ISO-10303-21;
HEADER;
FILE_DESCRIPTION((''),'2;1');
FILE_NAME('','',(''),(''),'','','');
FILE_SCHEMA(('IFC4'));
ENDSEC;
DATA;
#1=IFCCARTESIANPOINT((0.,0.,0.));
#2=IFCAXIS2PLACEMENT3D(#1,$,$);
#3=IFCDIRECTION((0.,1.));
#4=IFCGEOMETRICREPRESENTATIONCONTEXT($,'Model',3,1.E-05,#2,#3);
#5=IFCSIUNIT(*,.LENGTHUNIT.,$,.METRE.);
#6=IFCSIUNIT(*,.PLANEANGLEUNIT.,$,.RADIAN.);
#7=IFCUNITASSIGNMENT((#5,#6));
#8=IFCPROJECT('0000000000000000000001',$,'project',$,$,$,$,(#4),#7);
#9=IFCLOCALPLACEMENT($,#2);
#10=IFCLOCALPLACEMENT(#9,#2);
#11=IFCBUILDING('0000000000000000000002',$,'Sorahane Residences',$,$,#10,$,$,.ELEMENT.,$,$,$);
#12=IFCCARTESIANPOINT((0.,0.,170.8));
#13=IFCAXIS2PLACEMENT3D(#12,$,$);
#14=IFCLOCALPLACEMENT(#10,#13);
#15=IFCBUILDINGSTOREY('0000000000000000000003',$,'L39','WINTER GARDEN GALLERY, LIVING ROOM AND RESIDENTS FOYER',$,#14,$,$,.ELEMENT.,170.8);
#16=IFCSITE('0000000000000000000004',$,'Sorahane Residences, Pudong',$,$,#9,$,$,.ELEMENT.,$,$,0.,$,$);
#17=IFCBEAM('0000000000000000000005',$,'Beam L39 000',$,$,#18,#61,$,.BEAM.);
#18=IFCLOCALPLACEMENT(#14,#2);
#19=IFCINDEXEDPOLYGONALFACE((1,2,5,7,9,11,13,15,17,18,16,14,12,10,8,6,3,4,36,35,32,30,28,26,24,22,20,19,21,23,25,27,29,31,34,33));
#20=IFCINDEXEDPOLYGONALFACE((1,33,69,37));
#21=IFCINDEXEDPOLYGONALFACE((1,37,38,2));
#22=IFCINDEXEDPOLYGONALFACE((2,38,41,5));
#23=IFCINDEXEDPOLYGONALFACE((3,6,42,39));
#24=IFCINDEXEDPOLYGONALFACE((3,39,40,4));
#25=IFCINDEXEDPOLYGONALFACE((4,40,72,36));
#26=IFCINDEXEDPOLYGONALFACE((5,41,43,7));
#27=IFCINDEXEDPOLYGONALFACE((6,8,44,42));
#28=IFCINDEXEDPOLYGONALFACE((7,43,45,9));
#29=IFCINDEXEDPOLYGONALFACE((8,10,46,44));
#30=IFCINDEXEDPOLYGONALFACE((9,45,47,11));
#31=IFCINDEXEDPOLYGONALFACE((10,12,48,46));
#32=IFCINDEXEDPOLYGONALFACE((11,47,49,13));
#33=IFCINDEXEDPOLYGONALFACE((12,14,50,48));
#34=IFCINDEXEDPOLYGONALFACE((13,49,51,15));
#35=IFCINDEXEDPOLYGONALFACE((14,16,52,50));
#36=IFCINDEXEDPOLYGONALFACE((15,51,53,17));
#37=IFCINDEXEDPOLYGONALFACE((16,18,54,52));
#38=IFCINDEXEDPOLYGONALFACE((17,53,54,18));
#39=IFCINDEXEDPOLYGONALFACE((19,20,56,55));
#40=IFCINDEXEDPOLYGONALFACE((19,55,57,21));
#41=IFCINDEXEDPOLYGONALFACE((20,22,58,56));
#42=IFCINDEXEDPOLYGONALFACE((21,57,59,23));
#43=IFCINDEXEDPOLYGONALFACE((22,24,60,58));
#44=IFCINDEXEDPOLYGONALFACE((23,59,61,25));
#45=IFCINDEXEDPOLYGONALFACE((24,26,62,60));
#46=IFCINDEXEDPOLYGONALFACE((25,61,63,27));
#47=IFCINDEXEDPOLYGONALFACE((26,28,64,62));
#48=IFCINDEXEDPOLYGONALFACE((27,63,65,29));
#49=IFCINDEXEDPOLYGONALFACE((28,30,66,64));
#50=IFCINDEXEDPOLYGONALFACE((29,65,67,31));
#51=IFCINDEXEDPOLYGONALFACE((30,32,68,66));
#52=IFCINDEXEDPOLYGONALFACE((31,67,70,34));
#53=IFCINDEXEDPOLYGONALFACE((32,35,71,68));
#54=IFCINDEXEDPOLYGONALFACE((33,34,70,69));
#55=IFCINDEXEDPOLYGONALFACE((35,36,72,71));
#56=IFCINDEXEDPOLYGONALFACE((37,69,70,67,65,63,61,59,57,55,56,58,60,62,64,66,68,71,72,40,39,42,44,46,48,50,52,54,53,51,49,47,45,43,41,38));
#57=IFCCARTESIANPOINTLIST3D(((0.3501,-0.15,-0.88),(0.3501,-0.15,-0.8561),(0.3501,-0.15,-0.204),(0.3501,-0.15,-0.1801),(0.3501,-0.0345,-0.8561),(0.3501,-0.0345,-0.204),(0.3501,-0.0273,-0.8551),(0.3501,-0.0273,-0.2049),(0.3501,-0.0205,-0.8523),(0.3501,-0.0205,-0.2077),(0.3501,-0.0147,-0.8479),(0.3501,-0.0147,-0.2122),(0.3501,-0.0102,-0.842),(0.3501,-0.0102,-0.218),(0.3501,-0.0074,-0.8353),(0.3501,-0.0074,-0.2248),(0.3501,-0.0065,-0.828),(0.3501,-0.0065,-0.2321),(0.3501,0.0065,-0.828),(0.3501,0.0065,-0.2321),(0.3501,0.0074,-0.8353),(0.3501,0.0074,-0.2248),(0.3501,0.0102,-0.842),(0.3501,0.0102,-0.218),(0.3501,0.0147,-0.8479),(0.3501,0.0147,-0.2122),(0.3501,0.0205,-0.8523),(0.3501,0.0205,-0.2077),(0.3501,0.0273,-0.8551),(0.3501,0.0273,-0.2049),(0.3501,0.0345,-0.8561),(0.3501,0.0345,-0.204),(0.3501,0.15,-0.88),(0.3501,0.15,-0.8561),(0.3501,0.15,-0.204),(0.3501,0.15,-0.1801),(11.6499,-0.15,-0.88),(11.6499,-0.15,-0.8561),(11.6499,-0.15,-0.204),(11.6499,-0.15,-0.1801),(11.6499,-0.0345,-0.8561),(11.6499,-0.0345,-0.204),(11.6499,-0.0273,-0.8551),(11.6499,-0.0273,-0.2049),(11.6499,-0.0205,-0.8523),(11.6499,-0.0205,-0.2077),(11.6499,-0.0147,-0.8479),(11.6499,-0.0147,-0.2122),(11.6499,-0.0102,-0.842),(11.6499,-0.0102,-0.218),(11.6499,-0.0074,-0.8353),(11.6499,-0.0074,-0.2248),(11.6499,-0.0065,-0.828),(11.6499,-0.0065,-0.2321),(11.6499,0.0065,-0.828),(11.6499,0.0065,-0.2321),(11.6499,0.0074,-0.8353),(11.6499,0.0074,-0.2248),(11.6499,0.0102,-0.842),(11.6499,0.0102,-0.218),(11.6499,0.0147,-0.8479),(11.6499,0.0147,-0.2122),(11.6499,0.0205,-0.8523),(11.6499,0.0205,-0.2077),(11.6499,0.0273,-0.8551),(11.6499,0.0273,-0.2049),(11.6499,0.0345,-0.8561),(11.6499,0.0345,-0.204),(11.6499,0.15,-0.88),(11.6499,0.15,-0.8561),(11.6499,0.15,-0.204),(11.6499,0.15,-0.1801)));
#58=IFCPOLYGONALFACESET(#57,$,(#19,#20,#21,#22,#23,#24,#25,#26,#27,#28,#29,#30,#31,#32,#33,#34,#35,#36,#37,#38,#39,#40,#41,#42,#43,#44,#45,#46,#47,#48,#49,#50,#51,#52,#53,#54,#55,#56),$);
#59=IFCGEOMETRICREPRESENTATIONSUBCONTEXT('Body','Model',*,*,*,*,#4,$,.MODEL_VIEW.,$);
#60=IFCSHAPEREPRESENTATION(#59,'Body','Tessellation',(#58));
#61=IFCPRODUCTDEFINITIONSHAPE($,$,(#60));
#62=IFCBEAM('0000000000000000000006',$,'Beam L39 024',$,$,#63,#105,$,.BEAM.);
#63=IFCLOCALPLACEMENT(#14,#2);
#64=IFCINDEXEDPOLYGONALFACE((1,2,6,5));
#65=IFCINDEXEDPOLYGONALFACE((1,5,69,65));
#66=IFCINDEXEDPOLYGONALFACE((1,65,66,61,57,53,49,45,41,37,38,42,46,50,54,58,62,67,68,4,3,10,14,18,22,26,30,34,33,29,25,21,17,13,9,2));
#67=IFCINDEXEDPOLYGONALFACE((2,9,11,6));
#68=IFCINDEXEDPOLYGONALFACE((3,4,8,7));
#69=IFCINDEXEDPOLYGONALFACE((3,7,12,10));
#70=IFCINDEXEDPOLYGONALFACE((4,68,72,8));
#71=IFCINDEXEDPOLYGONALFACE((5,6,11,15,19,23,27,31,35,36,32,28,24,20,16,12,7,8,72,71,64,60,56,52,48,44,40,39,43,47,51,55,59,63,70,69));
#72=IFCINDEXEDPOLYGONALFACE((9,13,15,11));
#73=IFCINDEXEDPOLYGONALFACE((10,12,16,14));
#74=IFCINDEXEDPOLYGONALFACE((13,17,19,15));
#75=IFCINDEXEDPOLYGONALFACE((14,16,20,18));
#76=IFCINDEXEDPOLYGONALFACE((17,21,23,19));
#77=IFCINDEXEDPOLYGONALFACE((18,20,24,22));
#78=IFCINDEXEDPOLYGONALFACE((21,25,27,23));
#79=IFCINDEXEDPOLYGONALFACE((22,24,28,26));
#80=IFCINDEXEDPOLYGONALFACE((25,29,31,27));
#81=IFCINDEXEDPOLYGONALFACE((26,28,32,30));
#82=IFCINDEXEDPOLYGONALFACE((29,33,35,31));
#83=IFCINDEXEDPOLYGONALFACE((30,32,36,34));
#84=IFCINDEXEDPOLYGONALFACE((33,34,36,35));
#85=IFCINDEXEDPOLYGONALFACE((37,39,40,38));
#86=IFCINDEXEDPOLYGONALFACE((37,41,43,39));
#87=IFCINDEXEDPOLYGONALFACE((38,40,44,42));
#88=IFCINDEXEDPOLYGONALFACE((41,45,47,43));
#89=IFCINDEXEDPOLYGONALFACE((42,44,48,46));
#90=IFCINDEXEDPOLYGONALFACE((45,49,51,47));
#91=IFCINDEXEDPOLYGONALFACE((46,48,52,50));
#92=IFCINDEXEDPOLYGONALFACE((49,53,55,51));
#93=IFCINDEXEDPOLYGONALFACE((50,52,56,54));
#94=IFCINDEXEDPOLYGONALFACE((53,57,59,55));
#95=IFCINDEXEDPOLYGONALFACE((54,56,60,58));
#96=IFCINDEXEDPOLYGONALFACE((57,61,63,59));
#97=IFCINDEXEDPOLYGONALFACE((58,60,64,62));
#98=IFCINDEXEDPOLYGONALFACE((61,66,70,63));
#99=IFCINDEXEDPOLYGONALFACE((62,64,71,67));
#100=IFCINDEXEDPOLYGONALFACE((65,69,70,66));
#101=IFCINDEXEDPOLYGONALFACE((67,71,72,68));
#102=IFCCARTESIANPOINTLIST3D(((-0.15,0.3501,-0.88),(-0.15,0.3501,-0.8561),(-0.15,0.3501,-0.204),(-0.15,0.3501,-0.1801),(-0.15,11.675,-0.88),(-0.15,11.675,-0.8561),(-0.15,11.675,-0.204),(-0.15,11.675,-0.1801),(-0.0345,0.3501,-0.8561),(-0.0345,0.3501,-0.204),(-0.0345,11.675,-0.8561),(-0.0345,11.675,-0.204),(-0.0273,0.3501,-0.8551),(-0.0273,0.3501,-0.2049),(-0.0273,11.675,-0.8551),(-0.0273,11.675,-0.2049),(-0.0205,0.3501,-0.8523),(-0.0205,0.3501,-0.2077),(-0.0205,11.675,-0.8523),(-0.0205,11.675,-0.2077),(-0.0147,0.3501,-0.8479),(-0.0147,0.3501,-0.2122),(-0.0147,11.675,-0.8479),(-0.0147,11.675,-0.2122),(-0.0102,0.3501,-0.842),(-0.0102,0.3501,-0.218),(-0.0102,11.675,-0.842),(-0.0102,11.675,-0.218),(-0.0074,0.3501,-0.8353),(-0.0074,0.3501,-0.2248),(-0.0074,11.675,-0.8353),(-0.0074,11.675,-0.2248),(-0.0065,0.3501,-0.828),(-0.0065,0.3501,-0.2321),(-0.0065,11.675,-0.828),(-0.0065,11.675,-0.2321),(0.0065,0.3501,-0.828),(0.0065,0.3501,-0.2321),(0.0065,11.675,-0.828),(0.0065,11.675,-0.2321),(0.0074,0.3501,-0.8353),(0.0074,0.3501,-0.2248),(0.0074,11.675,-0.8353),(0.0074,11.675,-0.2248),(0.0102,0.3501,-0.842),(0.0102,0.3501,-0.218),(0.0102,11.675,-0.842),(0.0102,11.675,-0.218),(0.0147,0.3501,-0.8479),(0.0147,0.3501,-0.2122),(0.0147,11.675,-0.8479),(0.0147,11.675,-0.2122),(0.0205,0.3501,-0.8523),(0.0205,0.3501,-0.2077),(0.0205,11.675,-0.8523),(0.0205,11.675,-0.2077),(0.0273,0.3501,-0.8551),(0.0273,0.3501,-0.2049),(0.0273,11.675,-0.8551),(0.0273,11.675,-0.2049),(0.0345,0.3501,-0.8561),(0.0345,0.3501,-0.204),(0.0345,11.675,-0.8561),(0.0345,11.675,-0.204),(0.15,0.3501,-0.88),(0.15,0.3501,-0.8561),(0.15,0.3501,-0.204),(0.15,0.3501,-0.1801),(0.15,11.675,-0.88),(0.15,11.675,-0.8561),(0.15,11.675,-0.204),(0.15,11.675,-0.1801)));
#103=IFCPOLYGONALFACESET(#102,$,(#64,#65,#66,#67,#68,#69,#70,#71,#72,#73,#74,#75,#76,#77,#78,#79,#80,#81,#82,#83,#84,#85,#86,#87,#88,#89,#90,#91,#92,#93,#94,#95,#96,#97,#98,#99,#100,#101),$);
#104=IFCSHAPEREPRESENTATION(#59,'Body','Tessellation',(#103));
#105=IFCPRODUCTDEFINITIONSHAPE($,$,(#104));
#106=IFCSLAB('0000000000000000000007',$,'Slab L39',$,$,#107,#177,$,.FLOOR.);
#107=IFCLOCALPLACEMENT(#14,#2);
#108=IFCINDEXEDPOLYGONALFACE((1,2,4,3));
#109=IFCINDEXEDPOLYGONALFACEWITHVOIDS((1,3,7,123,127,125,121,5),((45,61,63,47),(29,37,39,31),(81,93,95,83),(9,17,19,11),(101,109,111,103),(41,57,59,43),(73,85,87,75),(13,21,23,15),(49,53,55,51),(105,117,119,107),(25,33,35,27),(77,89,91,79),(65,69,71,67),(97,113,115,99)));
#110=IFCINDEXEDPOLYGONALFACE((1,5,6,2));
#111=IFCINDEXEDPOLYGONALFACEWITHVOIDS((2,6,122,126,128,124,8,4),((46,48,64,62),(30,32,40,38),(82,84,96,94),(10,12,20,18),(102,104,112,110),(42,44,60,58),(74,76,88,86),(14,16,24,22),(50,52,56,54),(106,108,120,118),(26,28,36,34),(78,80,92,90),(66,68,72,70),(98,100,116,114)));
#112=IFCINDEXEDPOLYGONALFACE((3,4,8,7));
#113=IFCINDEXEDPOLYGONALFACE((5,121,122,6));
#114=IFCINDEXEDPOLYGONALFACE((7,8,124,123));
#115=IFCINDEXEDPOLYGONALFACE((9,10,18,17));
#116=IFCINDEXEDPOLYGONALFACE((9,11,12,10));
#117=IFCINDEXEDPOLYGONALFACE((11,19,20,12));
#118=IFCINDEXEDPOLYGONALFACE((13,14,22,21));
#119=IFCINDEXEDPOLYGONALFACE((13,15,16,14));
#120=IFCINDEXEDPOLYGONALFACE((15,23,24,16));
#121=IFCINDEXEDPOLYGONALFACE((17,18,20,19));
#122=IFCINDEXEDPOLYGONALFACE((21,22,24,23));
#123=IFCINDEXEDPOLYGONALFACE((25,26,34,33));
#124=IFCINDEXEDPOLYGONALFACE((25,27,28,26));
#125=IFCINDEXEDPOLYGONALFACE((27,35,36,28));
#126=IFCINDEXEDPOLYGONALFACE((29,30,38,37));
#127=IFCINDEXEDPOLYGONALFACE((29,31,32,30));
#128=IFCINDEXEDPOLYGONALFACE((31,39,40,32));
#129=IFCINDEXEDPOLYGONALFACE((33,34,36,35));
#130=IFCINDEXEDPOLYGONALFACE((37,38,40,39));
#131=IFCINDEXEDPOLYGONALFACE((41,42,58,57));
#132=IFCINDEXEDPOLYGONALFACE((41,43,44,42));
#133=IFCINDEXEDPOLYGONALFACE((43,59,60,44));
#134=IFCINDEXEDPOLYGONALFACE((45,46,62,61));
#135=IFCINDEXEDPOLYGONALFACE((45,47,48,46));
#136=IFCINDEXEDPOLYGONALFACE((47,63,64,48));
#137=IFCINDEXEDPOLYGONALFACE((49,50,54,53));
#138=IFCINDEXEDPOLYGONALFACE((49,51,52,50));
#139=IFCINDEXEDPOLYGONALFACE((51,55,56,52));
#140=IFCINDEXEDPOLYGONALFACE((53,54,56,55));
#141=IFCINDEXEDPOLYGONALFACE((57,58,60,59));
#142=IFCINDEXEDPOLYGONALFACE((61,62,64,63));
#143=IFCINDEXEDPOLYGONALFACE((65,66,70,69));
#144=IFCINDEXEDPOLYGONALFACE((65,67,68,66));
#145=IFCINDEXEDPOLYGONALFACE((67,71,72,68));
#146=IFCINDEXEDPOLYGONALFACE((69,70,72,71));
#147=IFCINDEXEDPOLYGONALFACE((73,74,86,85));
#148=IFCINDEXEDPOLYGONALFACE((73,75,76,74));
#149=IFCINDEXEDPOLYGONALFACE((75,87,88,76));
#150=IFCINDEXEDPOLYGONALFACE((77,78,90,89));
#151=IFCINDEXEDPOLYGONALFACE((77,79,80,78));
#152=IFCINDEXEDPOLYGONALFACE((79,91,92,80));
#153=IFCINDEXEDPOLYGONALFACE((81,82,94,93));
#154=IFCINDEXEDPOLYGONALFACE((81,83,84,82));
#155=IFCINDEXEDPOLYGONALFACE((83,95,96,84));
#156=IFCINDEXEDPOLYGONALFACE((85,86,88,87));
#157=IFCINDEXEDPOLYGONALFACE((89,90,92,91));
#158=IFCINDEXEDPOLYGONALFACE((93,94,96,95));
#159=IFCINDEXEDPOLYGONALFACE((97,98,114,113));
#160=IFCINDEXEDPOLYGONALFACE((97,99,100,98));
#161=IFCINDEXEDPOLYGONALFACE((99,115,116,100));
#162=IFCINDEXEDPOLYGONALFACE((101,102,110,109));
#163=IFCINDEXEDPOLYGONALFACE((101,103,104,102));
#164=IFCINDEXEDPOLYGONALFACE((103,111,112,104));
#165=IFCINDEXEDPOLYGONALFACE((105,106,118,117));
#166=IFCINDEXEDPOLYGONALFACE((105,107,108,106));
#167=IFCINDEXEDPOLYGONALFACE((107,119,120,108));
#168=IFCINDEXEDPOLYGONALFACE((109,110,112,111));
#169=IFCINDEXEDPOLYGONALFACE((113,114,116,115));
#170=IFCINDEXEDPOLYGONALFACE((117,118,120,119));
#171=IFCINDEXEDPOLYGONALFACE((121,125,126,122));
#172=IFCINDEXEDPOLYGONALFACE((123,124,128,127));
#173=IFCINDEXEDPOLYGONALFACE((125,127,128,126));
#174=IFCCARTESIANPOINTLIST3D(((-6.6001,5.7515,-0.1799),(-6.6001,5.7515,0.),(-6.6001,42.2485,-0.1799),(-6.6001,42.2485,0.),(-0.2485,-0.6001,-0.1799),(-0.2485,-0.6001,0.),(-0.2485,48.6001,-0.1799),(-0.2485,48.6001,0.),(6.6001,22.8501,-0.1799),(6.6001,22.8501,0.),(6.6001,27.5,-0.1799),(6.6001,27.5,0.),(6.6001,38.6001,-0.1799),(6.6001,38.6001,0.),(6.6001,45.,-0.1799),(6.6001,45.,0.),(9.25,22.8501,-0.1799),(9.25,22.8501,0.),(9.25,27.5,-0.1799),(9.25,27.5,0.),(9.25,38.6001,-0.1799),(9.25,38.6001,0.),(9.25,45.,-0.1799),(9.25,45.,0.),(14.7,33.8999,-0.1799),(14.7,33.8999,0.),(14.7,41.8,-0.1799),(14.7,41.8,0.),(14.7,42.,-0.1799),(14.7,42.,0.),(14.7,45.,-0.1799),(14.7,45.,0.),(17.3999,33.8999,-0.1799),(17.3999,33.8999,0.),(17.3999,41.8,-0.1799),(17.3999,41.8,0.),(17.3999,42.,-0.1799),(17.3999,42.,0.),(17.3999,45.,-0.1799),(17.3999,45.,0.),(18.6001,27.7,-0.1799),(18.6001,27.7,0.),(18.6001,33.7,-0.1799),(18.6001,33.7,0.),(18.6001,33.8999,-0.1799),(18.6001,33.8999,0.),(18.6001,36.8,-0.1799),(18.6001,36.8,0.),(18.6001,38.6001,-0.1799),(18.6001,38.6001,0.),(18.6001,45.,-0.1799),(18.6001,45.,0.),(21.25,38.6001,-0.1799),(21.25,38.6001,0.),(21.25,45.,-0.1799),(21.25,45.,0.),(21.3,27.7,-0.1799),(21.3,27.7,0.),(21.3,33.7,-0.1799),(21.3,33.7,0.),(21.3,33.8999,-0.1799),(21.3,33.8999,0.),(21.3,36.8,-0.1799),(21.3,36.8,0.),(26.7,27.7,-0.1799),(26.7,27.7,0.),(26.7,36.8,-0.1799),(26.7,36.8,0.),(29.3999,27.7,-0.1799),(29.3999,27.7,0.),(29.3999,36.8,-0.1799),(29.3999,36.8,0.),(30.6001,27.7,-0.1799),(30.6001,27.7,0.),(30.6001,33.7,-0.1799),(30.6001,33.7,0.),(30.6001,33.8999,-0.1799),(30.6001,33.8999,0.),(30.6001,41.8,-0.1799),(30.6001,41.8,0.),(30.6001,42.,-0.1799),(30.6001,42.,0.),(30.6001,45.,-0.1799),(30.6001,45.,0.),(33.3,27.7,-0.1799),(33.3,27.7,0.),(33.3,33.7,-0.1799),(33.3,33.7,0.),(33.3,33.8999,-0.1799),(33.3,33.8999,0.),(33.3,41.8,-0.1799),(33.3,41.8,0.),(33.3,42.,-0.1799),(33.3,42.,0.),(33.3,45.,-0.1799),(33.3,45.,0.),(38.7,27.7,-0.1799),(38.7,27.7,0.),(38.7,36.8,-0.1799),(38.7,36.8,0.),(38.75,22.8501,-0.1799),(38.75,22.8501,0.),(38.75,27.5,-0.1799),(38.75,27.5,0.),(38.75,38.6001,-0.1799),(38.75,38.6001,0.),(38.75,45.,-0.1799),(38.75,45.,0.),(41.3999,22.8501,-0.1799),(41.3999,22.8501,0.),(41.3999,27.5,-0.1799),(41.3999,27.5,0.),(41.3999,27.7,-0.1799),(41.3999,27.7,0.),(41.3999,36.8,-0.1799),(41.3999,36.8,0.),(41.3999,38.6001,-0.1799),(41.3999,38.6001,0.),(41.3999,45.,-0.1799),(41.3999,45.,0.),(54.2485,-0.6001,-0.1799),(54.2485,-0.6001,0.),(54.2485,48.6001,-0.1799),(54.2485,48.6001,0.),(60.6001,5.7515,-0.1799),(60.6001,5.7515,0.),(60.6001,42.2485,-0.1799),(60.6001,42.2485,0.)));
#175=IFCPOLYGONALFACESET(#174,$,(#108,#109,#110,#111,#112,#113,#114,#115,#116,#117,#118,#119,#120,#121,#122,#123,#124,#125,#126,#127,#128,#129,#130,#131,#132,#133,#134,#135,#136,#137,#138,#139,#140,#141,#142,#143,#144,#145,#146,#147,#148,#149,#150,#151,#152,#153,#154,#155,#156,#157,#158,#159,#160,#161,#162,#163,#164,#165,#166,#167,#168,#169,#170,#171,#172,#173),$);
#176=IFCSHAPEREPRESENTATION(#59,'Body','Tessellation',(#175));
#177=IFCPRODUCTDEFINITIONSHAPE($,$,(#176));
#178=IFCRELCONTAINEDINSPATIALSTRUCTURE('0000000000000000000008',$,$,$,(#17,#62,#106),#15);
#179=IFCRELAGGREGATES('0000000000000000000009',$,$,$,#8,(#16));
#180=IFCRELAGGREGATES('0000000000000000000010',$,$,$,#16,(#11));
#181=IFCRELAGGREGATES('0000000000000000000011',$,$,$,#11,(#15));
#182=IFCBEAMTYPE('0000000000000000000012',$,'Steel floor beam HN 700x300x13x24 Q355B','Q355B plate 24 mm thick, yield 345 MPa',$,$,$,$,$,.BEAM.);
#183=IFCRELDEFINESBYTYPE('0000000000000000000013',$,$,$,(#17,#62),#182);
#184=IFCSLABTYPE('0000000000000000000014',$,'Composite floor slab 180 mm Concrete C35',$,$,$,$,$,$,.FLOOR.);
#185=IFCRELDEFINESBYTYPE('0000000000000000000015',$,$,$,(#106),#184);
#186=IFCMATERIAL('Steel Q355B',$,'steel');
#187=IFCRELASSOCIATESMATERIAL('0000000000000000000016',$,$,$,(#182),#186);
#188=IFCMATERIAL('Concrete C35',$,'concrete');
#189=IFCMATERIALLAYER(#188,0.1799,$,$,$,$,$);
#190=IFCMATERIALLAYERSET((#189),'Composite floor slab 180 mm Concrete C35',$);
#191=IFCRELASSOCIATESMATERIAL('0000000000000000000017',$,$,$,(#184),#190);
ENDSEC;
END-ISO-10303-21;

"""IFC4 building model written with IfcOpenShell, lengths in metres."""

from ifc_helpers import new_model, si_unit, direction, frame, origin, origin_2d, place, context, subcontext, project, spatial, polyline, i_section, outline, extrude, material, layer, layer_set, material_profile, profile_set, type_object, element, save


model = new_model("IFC4")

# Units and contexts
model_context = context("Model", 3, precision=1e-05, world=origin(), true_north=direction((0.0, 1.0)))
body_context = subcontext(model_context, "Body", "Model", "MODEL_VIEW")
ifc_project = project(units=[si_unit("LENGTHUNIT", "METRE"), si_unit("PLANEANGLEUNIT", "RADIAN")], contexts=[model_context])

# Site, building, storey
site_placement = place(None, origin())
site = spatial("IfcSite", under=ifc_project, at=site_placement, Name="Sorahane Residences, Pudong", CompositionType="ELEMENT", RefElevation=0.0)
building_placement = place(site_placement, origin())
building = spatial("IfcBuilding", under=site, at=building_placement, Name="Sorahane Residences", CompositionType="ELEMENT")
storey_placement = place(building_placement, frame((0.0, 0.0, 170.8)))
storey = spatial("IfcBuildingStorey", under=building, at=storey_placement, Name="L39", Description="WINTER GARDEN GALLERY, LIVING ROOM AND RESIDENTS FOYER", CompositionType="ELEMENT", Elevation=170.8)

# Beams
ifc_material_1 = material(Name="Steel Q355B", Category="steel")
ifc_material_profile_1 = material_profile(ifc_material_1, i_section(OverallWidth=0.3, OverallDepth=0.7, WebThickness=0.0129, FlangeThickness=0.0239, FilletRadius=0.0281, at=origin_2d()), Name="HN 700x300x13x24")
ifc_profile_set_1 = profile_set([ifc_material_profile_1], Name="Steel Q355B")
beam_type_1 = type_object("IfcBeamType", Name="Steel floor beam HN 700x300x13x24 Q355B", Description="Q355B plate 24 mm thick, yield 345 MPa", PredefinedType="BEAM", material=ifc_profile_set_1)
beam_1_placement = place(storey_placement, frame((0.3501, 0.0, -0.53), z_axis=(1.0, 0.0, 0.0), x_axis=(0.0, 1.0, 0.0)))
element("IfcBeam", 1, at=beam_1_placement, inside=storey, type_object=beam_type_1, Name="Beam L39 000", PredefinedType="BEAM", context=body_context, shape_type="SweptSolid", body=[
    extrude(i_section(OverallWidth=0.3, OverallDepth=0.7, WebThickness=0.0129, FlangeThickness=0.0239, FilletRadius=0.0281, at=origin_2d()), origin(), (0.0, 0.0, 1.0), 11.2998),
])
beam_2_placement = place(storey_placement, frame((0.0, 0.3501, -0.53), z_axis=(0.0, 1.0, 0.0), x_axis=(-1.0, 0.0, 0.0)))
element("IfcBeam", 2, at=beam_2_placement, inside=storey, type_object=beam_type_1, Name="Beam L39 024", PredefinedType="BEAM", context=body_context, shape_type="SweptSolid", body=[
    extrude(i_section(OverallWidth=0.3, OverallDepth=0.7, WebThickness=0.0129, FlangeThickness=0.0239, FilletRadius=0.0281, at=origin_2d()), origin(), (0.0, 0.0, 1.0), 11.325),
])

# Slab
ifc_material_2 = material(Name="Concrete C35", Category="concrete")
ifc_layer_1 = layer(ifc_material_2, 0.1799)
ifc_layer_set_1 = layer_set([ifc_layer_1], Name="Composite floor slab 180 mm Concrete C35")
slab_type_1 = type_object("IfcSlabType", Name="Composite floor slab 180 mm Concrete C35", PredefinedType="FLOOR", material=ifc_layer_set_1)
slab_1_placement = place(storey_placement, frame((0.0, 0.0, -0.1799)))
element("IfcSlab", 3, at=slab_1_placement, inside=storey, type_object=slab_type_1, Name="Slab L39", PredefinedType="FLOOR", context=body_context, shape_type="SweptSolid", body=[
    extrude(outline(polyline([(-0.2485, -0.6001), (-6.6001, 5.7515), (-6.6001, 42.2485), (-0.2485, 48.6001), (54.2485, 48.6001), (60.6001, 42.2485), (60.6001, 5.7515), (54.2485, -0.6001), (-0.2485, -0.6001)]), holes=[polyline([(18.6001, 27.7), (21.3, 27.7), (21.3, 33.7), (18.6001, 33.7), (18.6001, 27.7)]), polyline([(38.7, 27.7), (41.3999, 27.7), (41.3999, 36.8), (38.7, 36.8), (38.7, 27.7)]), polyline([(30.6001, 27.7), (33.3, 27.7), (33.3, 33.7), (30.6001, 33.7), (30.6001, 27.7)]), polyline([(30.6001, 42.0), (33.3, 42.0), (33.3, 45.0), (30.6001, 45.0), (30.6001, 42.0)]), polyline([(14.7, 42.0), (17.3999, 42.0), (17.3999, 45.0), (14.7, 45.0), (14.7, 42.0)]), polyline([(9.25, 38.6001), (9.25, 45.0), (6.6001, 45.0), (6.6001, 38.6001), (9.25, 38.6001)]), polyline([(41.3999, 38.6001), (41.3999, 45.0), (38.75, 45.0), (38.75, 38.6001), (41.3999, 38.6001)]), polyline([(21.25, 38.6001), (21.25, 45.0), (18.6001, 45.0), (18.6001, 38.6001), (21.25, 38.6001)]), polyline([(9.25, 22.8501), (9.25, 27.5), (6.6001, 27.5), (6.6001, 22.8501), (9.25, 22.8501)]), polyline([(41.3999, 22.8501), (41.3999, 27.5), (38.75, 27.5), (38.75, 22.8501), (41.3999, 22.8501)]), polyline([(14.7, 33.8999), (17.3999, 33.8999), (17.3999, 41.8), (14.7, 41.8), (14.7, 33.8999)]), polyline([(30.6001, 33.8999), (33.3, 33.8999), (33.3, 41.8), (30.6001, 41.8), (30.6001, 33.8999)]), polyline([(18.6001, 33.8999), (21.3, 33.8999), (21.3, 36.8), (18.6001, 36.8), (18.6001, 33.8999)]), polyline([(26.7, 27.7), (29.3999, 27.7), (29.3999, 36.8), (26.7, 36.8), (26.7, 27.7)])]), origin(), (0.0, 0.0, 1.0), 0.1799),
])

save(model, "model.ifc")
